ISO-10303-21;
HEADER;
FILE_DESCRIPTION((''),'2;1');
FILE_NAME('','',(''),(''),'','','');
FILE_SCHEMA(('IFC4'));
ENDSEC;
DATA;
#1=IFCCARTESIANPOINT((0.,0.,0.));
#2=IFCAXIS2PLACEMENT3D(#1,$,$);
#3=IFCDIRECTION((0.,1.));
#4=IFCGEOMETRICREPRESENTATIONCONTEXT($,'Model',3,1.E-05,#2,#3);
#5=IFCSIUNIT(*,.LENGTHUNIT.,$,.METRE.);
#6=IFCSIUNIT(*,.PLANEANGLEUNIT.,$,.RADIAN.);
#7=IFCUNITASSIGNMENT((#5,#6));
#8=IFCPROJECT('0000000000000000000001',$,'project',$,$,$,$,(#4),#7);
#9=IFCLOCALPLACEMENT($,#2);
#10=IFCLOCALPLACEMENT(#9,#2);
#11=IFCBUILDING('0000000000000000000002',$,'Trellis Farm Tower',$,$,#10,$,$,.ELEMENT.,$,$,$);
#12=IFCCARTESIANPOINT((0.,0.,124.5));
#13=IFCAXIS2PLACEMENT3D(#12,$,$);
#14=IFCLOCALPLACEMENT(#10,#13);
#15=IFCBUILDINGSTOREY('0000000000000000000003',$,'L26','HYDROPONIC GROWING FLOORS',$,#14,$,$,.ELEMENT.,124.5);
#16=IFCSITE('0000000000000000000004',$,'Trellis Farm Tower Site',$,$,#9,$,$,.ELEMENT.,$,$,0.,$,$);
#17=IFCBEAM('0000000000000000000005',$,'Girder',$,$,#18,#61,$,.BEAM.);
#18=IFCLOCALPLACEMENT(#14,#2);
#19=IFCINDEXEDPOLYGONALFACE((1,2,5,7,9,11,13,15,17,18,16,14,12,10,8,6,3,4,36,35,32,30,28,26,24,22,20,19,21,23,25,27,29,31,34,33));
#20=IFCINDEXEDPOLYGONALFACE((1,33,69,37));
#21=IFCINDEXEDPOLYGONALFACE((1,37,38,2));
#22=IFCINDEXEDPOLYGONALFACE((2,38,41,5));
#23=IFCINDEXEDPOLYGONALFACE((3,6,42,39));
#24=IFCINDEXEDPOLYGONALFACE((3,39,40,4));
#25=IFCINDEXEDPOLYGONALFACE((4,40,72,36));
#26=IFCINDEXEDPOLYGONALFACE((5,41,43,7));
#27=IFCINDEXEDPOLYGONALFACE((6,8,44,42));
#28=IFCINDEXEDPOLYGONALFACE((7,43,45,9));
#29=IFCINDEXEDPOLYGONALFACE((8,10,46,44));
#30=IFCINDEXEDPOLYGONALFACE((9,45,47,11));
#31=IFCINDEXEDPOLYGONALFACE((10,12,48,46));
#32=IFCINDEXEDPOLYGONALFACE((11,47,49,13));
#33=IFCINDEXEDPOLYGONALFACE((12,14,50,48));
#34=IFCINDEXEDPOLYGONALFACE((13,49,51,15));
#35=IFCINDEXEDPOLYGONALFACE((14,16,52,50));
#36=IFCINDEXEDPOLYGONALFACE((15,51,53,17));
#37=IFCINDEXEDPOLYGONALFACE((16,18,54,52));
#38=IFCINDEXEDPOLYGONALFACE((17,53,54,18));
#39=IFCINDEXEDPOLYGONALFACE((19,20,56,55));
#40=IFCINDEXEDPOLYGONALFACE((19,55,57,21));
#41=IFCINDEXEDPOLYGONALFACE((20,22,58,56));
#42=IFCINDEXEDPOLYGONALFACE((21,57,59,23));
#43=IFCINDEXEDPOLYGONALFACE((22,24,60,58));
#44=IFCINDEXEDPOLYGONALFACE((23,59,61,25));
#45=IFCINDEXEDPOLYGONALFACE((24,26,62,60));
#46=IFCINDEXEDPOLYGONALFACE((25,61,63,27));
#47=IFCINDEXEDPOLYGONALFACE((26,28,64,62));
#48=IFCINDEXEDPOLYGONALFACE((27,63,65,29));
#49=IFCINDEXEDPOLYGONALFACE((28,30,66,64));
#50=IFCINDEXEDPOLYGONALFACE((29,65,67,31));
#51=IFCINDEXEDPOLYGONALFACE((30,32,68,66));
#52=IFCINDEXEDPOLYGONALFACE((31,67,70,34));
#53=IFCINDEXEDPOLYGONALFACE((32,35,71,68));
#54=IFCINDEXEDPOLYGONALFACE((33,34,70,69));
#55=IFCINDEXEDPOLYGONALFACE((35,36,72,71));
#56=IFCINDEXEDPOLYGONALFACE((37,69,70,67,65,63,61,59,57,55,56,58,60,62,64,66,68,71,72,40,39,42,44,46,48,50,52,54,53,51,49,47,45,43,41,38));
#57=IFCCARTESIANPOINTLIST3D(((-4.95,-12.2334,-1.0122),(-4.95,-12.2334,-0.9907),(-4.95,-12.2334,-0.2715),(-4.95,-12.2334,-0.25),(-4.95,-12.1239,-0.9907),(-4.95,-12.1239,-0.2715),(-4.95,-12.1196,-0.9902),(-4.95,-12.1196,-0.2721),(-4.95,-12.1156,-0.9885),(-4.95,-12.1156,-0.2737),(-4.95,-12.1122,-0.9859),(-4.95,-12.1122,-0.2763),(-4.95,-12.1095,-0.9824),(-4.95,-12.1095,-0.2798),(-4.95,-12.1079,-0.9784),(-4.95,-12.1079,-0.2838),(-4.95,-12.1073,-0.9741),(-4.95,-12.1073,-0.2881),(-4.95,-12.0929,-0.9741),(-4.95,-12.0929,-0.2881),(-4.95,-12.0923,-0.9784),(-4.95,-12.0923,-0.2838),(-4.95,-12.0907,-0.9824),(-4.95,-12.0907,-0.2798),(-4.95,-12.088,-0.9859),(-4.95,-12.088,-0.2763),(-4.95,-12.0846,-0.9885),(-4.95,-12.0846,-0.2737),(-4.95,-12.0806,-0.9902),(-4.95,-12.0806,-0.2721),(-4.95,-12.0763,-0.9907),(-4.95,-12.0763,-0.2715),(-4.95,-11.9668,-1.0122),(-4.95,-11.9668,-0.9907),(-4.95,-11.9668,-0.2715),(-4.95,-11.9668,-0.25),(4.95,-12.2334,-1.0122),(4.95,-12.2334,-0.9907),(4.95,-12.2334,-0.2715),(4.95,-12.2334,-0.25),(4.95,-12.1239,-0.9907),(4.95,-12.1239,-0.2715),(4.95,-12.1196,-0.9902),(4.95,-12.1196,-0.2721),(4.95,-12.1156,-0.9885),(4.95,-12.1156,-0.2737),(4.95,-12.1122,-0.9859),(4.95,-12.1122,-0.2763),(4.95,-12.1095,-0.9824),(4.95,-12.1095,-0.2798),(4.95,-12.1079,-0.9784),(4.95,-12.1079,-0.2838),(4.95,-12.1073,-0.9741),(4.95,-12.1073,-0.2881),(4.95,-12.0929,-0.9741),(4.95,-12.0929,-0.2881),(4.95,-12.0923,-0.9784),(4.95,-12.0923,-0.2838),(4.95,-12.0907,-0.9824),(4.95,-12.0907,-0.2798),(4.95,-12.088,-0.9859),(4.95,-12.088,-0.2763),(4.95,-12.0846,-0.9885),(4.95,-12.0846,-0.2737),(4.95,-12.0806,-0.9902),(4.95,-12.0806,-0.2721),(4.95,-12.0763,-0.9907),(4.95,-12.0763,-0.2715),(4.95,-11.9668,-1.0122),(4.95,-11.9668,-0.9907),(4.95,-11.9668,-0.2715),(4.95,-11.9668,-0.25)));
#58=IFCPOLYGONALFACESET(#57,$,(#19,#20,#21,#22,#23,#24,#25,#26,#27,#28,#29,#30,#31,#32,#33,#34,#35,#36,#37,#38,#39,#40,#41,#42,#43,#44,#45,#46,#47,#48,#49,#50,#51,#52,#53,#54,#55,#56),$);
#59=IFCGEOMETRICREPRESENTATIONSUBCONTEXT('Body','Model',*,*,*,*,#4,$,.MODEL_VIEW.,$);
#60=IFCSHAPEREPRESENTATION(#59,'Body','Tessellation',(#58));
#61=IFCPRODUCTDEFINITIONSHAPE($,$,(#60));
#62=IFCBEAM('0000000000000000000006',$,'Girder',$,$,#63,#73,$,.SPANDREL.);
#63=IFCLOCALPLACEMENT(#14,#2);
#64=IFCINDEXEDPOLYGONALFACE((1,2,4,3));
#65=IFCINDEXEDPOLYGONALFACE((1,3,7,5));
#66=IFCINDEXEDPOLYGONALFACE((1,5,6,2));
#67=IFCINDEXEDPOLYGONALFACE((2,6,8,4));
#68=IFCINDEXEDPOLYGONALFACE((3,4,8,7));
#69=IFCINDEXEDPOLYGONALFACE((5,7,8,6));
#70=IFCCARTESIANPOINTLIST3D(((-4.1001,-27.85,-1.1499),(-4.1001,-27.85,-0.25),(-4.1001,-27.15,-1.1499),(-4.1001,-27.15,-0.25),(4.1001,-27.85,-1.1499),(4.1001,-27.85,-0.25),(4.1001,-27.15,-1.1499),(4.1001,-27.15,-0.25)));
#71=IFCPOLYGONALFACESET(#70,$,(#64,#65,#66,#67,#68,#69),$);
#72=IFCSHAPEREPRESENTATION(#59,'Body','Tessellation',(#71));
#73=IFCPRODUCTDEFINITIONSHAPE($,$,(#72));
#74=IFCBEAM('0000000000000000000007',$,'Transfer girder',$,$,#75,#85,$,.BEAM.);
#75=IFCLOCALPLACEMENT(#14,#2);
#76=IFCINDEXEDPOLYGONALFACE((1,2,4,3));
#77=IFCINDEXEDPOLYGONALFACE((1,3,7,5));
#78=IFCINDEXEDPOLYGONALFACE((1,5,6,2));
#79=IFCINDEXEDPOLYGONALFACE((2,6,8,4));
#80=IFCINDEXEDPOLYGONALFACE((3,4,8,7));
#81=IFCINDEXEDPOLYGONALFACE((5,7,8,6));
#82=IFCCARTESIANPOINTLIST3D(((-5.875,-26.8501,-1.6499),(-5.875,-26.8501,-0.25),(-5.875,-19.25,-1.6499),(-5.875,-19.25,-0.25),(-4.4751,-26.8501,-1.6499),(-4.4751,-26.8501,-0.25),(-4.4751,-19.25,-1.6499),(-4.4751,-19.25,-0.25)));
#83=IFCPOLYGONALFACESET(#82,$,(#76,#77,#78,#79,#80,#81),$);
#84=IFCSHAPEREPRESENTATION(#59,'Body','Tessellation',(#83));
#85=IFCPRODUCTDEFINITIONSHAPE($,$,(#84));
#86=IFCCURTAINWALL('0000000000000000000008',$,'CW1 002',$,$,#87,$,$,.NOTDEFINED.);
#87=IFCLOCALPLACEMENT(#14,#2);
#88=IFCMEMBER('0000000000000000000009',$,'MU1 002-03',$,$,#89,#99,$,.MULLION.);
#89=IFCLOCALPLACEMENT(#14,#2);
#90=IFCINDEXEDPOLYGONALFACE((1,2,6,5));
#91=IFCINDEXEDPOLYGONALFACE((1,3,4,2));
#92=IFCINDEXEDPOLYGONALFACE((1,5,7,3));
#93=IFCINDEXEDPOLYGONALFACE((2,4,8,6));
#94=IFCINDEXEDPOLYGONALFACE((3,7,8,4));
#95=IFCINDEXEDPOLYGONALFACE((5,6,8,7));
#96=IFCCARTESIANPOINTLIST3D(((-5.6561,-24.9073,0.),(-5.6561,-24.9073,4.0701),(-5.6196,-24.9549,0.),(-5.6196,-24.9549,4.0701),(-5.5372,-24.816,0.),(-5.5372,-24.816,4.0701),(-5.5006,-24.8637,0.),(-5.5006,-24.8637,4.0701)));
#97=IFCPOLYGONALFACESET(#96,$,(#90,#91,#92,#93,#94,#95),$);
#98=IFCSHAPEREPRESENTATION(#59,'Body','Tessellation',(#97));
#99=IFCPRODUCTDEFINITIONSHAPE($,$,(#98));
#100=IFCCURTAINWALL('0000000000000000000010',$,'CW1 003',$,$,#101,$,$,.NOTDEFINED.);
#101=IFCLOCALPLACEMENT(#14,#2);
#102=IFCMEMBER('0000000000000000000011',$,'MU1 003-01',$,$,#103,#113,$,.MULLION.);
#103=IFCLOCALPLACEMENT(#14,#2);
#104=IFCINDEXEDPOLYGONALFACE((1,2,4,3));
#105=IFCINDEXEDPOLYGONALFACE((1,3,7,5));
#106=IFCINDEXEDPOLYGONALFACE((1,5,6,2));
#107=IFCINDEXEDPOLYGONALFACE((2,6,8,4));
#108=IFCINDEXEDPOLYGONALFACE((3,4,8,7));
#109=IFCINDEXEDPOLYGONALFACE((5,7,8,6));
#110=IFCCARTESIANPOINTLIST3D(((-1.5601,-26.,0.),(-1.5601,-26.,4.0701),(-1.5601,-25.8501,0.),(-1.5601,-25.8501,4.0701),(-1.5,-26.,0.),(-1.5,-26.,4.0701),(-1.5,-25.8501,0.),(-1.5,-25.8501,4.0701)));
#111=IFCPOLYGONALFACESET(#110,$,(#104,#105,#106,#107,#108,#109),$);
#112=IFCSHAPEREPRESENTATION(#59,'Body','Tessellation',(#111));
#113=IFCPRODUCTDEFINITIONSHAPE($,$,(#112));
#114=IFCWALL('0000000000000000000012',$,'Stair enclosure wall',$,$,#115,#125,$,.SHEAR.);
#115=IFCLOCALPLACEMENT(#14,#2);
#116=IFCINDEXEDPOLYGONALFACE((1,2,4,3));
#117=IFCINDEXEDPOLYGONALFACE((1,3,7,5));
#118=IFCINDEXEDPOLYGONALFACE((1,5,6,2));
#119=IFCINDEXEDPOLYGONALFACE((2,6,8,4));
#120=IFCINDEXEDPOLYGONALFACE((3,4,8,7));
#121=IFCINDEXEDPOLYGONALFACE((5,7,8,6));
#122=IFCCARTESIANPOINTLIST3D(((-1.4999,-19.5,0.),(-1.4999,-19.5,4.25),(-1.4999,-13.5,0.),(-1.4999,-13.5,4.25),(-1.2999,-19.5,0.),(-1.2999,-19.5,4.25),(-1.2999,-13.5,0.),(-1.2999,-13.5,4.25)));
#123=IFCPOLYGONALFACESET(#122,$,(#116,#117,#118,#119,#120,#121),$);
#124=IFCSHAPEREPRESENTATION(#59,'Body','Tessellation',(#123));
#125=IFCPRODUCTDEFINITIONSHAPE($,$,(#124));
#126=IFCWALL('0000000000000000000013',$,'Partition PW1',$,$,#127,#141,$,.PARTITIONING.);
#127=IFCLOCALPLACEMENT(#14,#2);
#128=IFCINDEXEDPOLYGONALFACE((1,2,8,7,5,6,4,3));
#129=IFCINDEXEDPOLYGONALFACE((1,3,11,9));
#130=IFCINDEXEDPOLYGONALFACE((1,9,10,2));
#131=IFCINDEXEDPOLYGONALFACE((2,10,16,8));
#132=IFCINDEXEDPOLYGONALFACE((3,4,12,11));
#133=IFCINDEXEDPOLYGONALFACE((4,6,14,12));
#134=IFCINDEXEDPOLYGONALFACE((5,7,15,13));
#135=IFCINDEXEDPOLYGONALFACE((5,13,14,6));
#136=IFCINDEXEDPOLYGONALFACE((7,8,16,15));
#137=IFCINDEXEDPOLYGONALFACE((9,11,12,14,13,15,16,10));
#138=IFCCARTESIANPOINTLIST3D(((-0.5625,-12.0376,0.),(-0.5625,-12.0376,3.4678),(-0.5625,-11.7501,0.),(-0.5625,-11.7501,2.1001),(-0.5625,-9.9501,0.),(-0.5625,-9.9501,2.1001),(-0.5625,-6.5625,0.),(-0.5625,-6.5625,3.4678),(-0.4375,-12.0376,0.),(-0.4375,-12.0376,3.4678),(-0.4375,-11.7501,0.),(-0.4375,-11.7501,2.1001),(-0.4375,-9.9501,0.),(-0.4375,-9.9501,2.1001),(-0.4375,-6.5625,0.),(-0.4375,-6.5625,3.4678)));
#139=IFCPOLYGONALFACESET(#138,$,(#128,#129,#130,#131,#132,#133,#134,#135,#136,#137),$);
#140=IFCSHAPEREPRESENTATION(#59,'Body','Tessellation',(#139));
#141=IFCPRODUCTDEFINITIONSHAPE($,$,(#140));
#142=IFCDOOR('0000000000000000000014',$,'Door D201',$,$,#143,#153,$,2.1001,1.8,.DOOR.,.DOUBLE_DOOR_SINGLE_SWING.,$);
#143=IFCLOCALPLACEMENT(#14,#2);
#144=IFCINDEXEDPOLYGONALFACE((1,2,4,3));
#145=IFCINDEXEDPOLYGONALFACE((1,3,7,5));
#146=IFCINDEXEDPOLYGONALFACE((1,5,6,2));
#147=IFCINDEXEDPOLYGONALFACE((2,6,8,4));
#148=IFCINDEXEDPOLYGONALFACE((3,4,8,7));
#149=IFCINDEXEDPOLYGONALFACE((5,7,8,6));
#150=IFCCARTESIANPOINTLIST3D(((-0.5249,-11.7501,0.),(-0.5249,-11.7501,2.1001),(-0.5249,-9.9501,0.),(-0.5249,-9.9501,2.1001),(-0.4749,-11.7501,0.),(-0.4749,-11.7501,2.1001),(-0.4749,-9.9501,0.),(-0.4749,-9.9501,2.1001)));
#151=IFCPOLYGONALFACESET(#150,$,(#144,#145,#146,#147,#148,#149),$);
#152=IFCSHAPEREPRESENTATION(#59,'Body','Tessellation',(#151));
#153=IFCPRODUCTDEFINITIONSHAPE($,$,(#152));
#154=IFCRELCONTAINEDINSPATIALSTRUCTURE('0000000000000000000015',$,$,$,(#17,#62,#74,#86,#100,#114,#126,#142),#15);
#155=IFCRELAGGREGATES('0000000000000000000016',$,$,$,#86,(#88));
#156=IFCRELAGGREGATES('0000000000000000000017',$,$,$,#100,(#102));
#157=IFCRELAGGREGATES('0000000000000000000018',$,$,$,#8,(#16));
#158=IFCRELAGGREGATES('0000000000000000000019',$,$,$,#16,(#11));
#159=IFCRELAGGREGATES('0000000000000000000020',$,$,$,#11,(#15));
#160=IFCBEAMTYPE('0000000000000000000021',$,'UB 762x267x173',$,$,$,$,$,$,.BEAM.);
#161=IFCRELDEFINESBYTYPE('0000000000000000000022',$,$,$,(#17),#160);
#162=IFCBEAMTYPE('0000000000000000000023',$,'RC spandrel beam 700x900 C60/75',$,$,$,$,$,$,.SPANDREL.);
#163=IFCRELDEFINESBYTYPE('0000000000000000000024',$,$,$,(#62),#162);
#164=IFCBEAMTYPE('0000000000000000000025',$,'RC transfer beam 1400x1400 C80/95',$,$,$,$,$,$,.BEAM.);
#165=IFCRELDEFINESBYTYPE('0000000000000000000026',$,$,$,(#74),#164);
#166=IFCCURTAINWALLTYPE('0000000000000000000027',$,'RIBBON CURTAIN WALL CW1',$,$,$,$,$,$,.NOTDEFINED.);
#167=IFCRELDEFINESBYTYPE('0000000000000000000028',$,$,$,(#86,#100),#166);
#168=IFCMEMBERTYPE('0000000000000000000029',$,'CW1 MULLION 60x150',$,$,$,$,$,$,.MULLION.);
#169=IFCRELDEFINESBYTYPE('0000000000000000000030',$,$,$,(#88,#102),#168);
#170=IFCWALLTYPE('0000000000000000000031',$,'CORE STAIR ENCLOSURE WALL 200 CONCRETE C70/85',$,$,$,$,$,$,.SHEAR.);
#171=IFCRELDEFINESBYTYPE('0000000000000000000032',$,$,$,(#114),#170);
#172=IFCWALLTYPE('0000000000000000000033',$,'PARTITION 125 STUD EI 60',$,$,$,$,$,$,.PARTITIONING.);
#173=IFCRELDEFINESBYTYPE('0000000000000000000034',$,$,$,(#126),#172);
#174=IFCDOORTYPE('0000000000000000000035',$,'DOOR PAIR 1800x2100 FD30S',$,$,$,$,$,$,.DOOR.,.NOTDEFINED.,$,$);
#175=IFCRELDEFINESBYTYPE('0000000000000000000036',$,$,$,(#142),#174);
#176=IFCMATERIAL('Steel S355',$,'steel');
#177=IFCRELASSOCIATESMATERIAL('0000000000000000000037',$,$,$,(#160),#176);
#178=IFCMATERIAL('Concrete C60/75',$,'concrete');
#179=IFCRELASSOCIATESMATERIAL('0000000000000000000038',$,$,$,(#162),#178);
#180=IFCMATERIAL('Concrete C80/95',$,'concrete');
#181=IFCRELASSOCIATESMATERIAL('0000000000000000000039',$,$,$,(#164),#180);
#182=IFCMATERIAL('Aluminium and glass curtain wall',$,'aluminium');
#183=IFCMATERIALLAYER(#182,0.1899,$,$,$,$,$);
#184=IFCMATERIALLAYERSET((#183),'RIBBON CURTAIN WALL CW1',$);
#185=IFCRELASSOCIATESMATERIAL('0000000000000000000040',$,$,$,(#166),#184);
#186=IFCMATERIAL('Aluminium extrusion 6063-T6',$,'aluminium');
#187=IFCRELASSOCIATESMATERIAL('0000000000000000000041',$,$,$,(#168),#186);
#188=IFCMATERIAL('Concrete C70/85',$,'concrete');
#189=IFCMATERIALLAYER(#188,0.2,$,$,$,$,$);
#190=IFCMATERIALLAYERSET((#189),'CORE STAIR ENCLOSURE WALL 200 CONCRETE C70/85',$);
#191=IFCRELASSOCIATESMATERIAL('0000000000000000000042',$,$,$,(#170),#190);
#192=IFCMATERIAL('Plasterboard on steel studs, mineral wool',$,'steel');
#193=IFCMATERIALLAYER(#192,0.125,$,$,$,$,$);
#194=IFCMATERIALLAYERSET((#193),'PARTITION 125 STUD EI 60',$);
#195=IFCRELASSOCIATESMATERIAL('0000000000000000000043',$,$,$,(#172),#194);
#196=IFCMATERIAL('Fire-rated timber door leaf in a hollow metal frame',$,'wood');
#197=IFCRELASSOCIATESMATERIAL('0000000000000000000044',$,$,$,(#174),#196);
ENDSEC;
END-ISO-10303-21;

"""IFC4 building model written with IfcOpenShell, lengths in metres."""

from ifc_helpers import new_model, si_unit, direction, frame, frame_2d, origin, origin_2d, place, context, subcontext, project, spatial, rectangle, i_section, extrude, source, transform, mapped, material, layer, layer_set, material_profile, profile_set, type_object, element, fill, aggregate, save


model = new_model("IFC4")

# Units and contexts
model_context = context("Model", 3, precision=1e-05, world=origin(), true_north=direction((0.0, 1.0)))
body_context = subcontext(model_context, "Body", "Model", "MODEL_VIEW")
ifc_project = project(units=[si_unit("LENGTHUNIT", "METRE"), si_unit("PLANEANGLEUNIT", "RADIAN")], contexts=[model_context])

# Site, building, storey
site_placement = place(None, origin())
site = spatial("IfcSite", under=ifc_project, at=site_placement, Name="Trellis Farm Tower Site", CompositionType="ELEMENT", RefElevation=0.0)
building_placement = place(site_placement, origin())
building = spatial("IfcBuilding", under=site, at=building_placement, Name="Trellis Farm Tower", CompositionType="ELEMENT")
storey_placement = place(building_placement, frame((0.0, 0.0, 124.5)))
storey = spatial("IfcBuildingStorey", under=building, at=storey_placement, Name="L26", Description="HYDROPONIC GROWING FLOORS", CompositionType="ELEMENT", Elevation=124.5)

# Shared definitions
ifc_material_1 = material(Name="Concrete C80/95", Category="concrete")

# Beams
ifc_material_2 = material(Name="Steel S355", Category="steel")
ifc_material_profile_1 = material_profile(ifc_material_2, i_section(OverallWidth=0.2666, OverallDepth=0.7622, WebThickness=0.0144, FlangeThickness=0.0215, FilletRadius=0.0166, at=origin_2d()), Name="UB 762x267x173")
ifc_profile_set_1 = profile_set([ifc_material_profile_1], Name="Steel S355")
beam_type_1 = type_object("IfcBeamType", Name="UB 762x267x173", PredefinedType="BEAM", material=ifc_profile_set_1)
shared_shape_1 = source(origin(), body_context, "Body", "SweptSolid", [
    extrude(i_section(OverallWidth=0.2666, OverallDepth=0.7622, WebThickness=0.0144, FlangeThickness=0.0215, FilletRadius=0.0166, at=origin_2d()), origin(), (0.0, 0.0, 1.0), 9.8999),
])
beam_1_placement = place(storey_placement, frame((-4.95, -12.1001, -0.6311), z_axis=(1.0, 0.0, 0.0), x_axis=(0.0, 1.0, 0.0)))
element("IfcBeam", 1, at=beam_1_placement, inside=storey, type_object=beam_type_1, Name="Girder", PredefinedType="BEAM", context=body_context, shape_type="MappedRepresentation", body=[
    mapped(shared_shape_1, transform((0.0, 0.0, 0.0))),
])
ifc_material_3 = material(Name="Concrete C60/75", Category="concrete")
ifc_material_profile_2 = material_profile(ifc_material_3, rectangle(XDim=0.7, YDim=0.8999, at=origin_2d()), Name="RC spandrel beam 700x900 C60/75")
ifc_profile_set_2 = profile_set([ifc_material_profile_2], Name="Concrete C60/75")
beam_type_2 = type_object("IfcBeamType", Name="RC spandrel beam 700x900 C60/75", PredefinedType="SPANDREL", material=ifc_profile_set_2)
shared_shape_2 = source(origin(), body_context, "Body", "SweptSolid", [
    extrude(rectangle(XDim=0.7, YDim=0.8999, at=origin_2d()), origin(), (0.0, 0.0, 1.0), 8.2002),
])
beam_2_placement = place(storey_placement, frame((-4.1001, -27.5, -0.7), z_axis=(1.0, 0.0, 0.0), x_axis=(0.0, 1.0, 0.0)))
element("IfcBeam", 2, at=beam_2_placement, inside=storey, type_object=beam_type_2, Name="Girder", PredefinedType="SPANDREL", context=body_context, shape_type="MappedRepresentation", body=[
    mapped(shared_shape_2, transform((0.0, 0.0, 0.0))),
])
ifc_material_profile_3 = material_profile(ifc_material_1, rectangle(XDim=1.3999, YDim=1.3999, at=origin_2d()), Name="RC transfer beam 1400x1400 C80/95")
ifc_profile_set_3 = profile_set([ifc_material_profile_3], Name="Concrete C80/95")
beam_type_3 = type_object("IfcBeamType", Name="RC transfer beam 1400x1400 C80/95", PredefinedType="BEAM", material=ifc_profile_set_3)
shared_shape_3 = source(origin(), body_context, "Body", "SweptSolid", [
    extrude(rectangle(XDim=1.3999, YDim=1.3999, at=origin_2d()), origin(), (0.0, 0.0, 1.0), 7.6001),
])
beam_3_placement = place(storey_placement, frame((-5.175, -26.8501, -0.95), z_axis=(0.0, 1.0, 0.0), x_axis=(-1.0, 0.0, 0.0)))
element("IfcBeam", 3, at=beam_3_placement, inside=storey, type_object=beam_type_3, Name="Transfer girder", PredefinedType="BEAM", context=body_context, shape_type="MappedRepresentation", body=[
    mapped(shared_shape_3, transform((0.0, 0.0, 0.0))),
])

# Curtain walls, members
ifc_material_4 = material(Name="Aluminium and glass curtain wall", Category="aluminium")
ifc_layer_1 = layer(ifc_material_4, 0.1899)
ifc_layer_set_1 = layer_set([ifc_layer_1], Name="RIBBON CURTAIN WALL CW1")
curtain_wall_type = type_object("IfcCurtainWallType", Name="RIBBON CURTAIN WALL CW1", PredefinedType="NOTDEFINED", material=ifc_layer_set_1)
placement = place(storey_placement, origin())
curtain_wall_1 = element("IfcCurtainWall", 4, at=placement, inside=storey, type_object=curtain_wall_type, Name="CW1 002", PredefinedType="NOTDEFINED")
ifc_material_5 = material(Name="Aluminium extrusion 6063-T6", Category="aluminium")
ifc_material_profile_4 = material_profile(ifc_material_5, rectangle(XDim=0.0601, YDim=0.1499, at=origin_2d()), Name="MULLION 60x150")
ifc_profile_set_4 = profile_set([ifc_material_profile_4], Name="Aluminium extrusion 6063-T6")
member_type = type_object("IfcMemberType", Name="CW1 MULLION 60x150", PredefinedType="MULLION", material=ifc_profile_set_4)
shared_shape_4 = source(origin(), body_context, "Body", "SweptSolid", [
    extrude(rectangle(XDim=0.0601, YDim=0.1499, at=origin_2d()), origin(), (0.0, 0.0, 1.0), 4.0701),
])
member_1_placement = place(storey_placement, frame((-5.5784, -24.8855, 0.0), z_axis=(0.0, 0.0, 1.0), x_axis=(0.608761, -0.793353, 0.0)))
member_1 = element("IfcMember", 5, at=member_1_placement, type_object=member_type, Name="MU1 002-03", PredefinedType="MULLION", context=body_context, shape_type="MappedRepresentation", body=[
    mapped(shared_shape_4, transform((0.0, 0.0, 0.0))),
])
aggregate(curtain_wall_1, [member_1])
curtain_wall_2 = element("IfcCurtainWall", 6, at=placement, inside=storey, type_object=curtain_wall_type, Name="CW1 003", PredefinedType="NOTDEFINED")
member_2_placement = place(storey_placement, frame((-1.53, -25.925, 0.0), z_axis=(0.0, 0.0, 1.0), x_axis=(1.0, 0.0, 0.0)))
member_2 = element("IfcMember", 7, at=member_2_placement, type_object=member_type, Name="MU1 003-01", PredefinedType="MULLION", context=body_context, shape_type="MappedRepresentation", body=[
    mapped(shared_shape_4, transform((0.0, 0.0, 0.0))),
])
aggregate(curtain_wall_2, [member_2])

# Wall
ifc_material_6 = material(Name="Concrete C70/85", Category="concrete")
ifc_layer_2 = layer(ifc_material_6, 0.2)
ifc_layer_set_2 = layer_set([ifc_layer_2], Name="CORE STAIR ENCLOSURE WALL 200 CONCRETE C70/85")
wall_type_1 = type_object("IfcWallType", Name="CORE STAIR ENCLOSURE WALL 200 CONCRETE C70/85", PredefinedType="SHEAR", material=ifc_layer_set_2)
shared_shape_5 = source(origin(), body_context, "Body", "SweptSolid", [
    extrude(rectangle(XDim=6.0, YDim=0.2, at=frame_2d((3.0, 0.0))), origin(), (0.0, 0.0, 1.0), 4.25),
])
wall_1_placement = place(storey_placement, frame((-1.3999, -13.5, 0.0), z_axis=(0.0, 0.0, 1.0), x_axis=(0.0, -1.0, 0.0)))
element("IfcWall", 8, at=wall_1_placement, inside=storey, type_object=wall_type_1, Name="Stair enclosure wall", PredefinedType="SHEAR", context=body_context, shape_type="MappedRepresentation", body=[
    mapped(shared_shape_5, transform((0.0, 0.0, 0.0))),
])

# Wall, opening, door
ifc_material_7 = material(Name="Plasterboard on steel studs, mineral wool", Category="steel")
ifc_layer_3 = layer(ifc_material_7, 0.125)
ifc_layer_set_3 = layer_set([ifc_layer_3], Name="PARTITION 125 STUD EI 60")
wall_type_2 = type_object("IfcWallType", Name="PARTITION 125 STUD EI 60", PredefinedType="PARTITIONING", material=ifc_layer_set_3)
shared_shape_6 = source(origin(), body_context, "Body", "SweptSolid", [
    extrude(rectangle(XDim=5.4751, YDim=0.125, at=frame_2d((2.7375, 0.0))), origin(), (0.0, 0.0, 1.0), 3.4678),
])
wall_2_placement = place(storey_placement, frame((-0.5, -12.0376, 0.0), z_axis=(0.0, 0.0, 1.0), x_axis=(0.0, 1.0, 0.0)))
wall_2 = element("IfcWall", 9, at=wall_2_placement, inside=storey, type_object=wall_type_2, Name="Partition PW1", PredefinedType="PARTITIONING", context=body_context, shape_type="MappedRepresentation", body=[
    mapped(shared_shape_6, transform((0.0, 0.0, 0.0))),
])
shared_shape_7 = source(origin(), body_context, "Body", "SweptSolid", [
    extrude(rectangle(XDim=1.8, YDim=2.1001, at=frame_2d((0.8999, 1.05))), frame((0.0, 0.0725, 0.0), z_axis=(0.0, -1.0, 0.0), x_axis=(1.0, 0.0, 0.0)), (0.0, 0.0, 1.0), 0.145),
])
opening_1_placement = place(wall_2_placement, frame((0.2876, 0.0, 0.0)))
opening_1 = element("IfcOpeningElement", 10, at=opening_1_placement, cuts=wall_2, PredefinedType="OPENING", context=body_context, shape_type="MappedRepresentation", body=[
    mapped(shared_shape_7, transform((0.0, 0.0, 0.0))),
])
ifc_material_8 = material(Name="Fire-rated timber door leaf in a hollow metal frame", Category="wood")
door_type_1 = type_object("IfcDoorType", Name="DOOR PAIR 1800x2100 FD30S", OperationType="NOTDEFINED", PredefinedType="DOOR", material=ifc_material_8)
shared_shape_8 = source(origin(), body_context, "Body", "SweptSolid", [
    extrude(rectangle(XDim=1.8, YDim=2.1001, at=frame_2d((0.8999, 1.05))), frame((0.0, 0.0249, 0.0), z_axis=(0.0, -1.0, 0.0), x_axis=(1.0, 0.0, 0.0)), (0.0, 0.0, 1.0), 0.05),
])
door_1_placement = place(opening_1_placement, origin())
door_1 = element("IfcDoor", 11, at=door_1_placement, inside=storey, type_object=door_type_1, Name="Door D201", OperationType="DOUBLE_DOOR_SINGLE_SWING", OverallHeight=2.1001, OverallWidth=1.8, PredefinedType="DOOR", context=body_context, shape_type="MappedRepresentation", body=[
    mapped(shared_shape_8, transform((0.0, 0.0, 0.0))),
])
fill(opening_1, door_1)

save(model, "model.ifc")
